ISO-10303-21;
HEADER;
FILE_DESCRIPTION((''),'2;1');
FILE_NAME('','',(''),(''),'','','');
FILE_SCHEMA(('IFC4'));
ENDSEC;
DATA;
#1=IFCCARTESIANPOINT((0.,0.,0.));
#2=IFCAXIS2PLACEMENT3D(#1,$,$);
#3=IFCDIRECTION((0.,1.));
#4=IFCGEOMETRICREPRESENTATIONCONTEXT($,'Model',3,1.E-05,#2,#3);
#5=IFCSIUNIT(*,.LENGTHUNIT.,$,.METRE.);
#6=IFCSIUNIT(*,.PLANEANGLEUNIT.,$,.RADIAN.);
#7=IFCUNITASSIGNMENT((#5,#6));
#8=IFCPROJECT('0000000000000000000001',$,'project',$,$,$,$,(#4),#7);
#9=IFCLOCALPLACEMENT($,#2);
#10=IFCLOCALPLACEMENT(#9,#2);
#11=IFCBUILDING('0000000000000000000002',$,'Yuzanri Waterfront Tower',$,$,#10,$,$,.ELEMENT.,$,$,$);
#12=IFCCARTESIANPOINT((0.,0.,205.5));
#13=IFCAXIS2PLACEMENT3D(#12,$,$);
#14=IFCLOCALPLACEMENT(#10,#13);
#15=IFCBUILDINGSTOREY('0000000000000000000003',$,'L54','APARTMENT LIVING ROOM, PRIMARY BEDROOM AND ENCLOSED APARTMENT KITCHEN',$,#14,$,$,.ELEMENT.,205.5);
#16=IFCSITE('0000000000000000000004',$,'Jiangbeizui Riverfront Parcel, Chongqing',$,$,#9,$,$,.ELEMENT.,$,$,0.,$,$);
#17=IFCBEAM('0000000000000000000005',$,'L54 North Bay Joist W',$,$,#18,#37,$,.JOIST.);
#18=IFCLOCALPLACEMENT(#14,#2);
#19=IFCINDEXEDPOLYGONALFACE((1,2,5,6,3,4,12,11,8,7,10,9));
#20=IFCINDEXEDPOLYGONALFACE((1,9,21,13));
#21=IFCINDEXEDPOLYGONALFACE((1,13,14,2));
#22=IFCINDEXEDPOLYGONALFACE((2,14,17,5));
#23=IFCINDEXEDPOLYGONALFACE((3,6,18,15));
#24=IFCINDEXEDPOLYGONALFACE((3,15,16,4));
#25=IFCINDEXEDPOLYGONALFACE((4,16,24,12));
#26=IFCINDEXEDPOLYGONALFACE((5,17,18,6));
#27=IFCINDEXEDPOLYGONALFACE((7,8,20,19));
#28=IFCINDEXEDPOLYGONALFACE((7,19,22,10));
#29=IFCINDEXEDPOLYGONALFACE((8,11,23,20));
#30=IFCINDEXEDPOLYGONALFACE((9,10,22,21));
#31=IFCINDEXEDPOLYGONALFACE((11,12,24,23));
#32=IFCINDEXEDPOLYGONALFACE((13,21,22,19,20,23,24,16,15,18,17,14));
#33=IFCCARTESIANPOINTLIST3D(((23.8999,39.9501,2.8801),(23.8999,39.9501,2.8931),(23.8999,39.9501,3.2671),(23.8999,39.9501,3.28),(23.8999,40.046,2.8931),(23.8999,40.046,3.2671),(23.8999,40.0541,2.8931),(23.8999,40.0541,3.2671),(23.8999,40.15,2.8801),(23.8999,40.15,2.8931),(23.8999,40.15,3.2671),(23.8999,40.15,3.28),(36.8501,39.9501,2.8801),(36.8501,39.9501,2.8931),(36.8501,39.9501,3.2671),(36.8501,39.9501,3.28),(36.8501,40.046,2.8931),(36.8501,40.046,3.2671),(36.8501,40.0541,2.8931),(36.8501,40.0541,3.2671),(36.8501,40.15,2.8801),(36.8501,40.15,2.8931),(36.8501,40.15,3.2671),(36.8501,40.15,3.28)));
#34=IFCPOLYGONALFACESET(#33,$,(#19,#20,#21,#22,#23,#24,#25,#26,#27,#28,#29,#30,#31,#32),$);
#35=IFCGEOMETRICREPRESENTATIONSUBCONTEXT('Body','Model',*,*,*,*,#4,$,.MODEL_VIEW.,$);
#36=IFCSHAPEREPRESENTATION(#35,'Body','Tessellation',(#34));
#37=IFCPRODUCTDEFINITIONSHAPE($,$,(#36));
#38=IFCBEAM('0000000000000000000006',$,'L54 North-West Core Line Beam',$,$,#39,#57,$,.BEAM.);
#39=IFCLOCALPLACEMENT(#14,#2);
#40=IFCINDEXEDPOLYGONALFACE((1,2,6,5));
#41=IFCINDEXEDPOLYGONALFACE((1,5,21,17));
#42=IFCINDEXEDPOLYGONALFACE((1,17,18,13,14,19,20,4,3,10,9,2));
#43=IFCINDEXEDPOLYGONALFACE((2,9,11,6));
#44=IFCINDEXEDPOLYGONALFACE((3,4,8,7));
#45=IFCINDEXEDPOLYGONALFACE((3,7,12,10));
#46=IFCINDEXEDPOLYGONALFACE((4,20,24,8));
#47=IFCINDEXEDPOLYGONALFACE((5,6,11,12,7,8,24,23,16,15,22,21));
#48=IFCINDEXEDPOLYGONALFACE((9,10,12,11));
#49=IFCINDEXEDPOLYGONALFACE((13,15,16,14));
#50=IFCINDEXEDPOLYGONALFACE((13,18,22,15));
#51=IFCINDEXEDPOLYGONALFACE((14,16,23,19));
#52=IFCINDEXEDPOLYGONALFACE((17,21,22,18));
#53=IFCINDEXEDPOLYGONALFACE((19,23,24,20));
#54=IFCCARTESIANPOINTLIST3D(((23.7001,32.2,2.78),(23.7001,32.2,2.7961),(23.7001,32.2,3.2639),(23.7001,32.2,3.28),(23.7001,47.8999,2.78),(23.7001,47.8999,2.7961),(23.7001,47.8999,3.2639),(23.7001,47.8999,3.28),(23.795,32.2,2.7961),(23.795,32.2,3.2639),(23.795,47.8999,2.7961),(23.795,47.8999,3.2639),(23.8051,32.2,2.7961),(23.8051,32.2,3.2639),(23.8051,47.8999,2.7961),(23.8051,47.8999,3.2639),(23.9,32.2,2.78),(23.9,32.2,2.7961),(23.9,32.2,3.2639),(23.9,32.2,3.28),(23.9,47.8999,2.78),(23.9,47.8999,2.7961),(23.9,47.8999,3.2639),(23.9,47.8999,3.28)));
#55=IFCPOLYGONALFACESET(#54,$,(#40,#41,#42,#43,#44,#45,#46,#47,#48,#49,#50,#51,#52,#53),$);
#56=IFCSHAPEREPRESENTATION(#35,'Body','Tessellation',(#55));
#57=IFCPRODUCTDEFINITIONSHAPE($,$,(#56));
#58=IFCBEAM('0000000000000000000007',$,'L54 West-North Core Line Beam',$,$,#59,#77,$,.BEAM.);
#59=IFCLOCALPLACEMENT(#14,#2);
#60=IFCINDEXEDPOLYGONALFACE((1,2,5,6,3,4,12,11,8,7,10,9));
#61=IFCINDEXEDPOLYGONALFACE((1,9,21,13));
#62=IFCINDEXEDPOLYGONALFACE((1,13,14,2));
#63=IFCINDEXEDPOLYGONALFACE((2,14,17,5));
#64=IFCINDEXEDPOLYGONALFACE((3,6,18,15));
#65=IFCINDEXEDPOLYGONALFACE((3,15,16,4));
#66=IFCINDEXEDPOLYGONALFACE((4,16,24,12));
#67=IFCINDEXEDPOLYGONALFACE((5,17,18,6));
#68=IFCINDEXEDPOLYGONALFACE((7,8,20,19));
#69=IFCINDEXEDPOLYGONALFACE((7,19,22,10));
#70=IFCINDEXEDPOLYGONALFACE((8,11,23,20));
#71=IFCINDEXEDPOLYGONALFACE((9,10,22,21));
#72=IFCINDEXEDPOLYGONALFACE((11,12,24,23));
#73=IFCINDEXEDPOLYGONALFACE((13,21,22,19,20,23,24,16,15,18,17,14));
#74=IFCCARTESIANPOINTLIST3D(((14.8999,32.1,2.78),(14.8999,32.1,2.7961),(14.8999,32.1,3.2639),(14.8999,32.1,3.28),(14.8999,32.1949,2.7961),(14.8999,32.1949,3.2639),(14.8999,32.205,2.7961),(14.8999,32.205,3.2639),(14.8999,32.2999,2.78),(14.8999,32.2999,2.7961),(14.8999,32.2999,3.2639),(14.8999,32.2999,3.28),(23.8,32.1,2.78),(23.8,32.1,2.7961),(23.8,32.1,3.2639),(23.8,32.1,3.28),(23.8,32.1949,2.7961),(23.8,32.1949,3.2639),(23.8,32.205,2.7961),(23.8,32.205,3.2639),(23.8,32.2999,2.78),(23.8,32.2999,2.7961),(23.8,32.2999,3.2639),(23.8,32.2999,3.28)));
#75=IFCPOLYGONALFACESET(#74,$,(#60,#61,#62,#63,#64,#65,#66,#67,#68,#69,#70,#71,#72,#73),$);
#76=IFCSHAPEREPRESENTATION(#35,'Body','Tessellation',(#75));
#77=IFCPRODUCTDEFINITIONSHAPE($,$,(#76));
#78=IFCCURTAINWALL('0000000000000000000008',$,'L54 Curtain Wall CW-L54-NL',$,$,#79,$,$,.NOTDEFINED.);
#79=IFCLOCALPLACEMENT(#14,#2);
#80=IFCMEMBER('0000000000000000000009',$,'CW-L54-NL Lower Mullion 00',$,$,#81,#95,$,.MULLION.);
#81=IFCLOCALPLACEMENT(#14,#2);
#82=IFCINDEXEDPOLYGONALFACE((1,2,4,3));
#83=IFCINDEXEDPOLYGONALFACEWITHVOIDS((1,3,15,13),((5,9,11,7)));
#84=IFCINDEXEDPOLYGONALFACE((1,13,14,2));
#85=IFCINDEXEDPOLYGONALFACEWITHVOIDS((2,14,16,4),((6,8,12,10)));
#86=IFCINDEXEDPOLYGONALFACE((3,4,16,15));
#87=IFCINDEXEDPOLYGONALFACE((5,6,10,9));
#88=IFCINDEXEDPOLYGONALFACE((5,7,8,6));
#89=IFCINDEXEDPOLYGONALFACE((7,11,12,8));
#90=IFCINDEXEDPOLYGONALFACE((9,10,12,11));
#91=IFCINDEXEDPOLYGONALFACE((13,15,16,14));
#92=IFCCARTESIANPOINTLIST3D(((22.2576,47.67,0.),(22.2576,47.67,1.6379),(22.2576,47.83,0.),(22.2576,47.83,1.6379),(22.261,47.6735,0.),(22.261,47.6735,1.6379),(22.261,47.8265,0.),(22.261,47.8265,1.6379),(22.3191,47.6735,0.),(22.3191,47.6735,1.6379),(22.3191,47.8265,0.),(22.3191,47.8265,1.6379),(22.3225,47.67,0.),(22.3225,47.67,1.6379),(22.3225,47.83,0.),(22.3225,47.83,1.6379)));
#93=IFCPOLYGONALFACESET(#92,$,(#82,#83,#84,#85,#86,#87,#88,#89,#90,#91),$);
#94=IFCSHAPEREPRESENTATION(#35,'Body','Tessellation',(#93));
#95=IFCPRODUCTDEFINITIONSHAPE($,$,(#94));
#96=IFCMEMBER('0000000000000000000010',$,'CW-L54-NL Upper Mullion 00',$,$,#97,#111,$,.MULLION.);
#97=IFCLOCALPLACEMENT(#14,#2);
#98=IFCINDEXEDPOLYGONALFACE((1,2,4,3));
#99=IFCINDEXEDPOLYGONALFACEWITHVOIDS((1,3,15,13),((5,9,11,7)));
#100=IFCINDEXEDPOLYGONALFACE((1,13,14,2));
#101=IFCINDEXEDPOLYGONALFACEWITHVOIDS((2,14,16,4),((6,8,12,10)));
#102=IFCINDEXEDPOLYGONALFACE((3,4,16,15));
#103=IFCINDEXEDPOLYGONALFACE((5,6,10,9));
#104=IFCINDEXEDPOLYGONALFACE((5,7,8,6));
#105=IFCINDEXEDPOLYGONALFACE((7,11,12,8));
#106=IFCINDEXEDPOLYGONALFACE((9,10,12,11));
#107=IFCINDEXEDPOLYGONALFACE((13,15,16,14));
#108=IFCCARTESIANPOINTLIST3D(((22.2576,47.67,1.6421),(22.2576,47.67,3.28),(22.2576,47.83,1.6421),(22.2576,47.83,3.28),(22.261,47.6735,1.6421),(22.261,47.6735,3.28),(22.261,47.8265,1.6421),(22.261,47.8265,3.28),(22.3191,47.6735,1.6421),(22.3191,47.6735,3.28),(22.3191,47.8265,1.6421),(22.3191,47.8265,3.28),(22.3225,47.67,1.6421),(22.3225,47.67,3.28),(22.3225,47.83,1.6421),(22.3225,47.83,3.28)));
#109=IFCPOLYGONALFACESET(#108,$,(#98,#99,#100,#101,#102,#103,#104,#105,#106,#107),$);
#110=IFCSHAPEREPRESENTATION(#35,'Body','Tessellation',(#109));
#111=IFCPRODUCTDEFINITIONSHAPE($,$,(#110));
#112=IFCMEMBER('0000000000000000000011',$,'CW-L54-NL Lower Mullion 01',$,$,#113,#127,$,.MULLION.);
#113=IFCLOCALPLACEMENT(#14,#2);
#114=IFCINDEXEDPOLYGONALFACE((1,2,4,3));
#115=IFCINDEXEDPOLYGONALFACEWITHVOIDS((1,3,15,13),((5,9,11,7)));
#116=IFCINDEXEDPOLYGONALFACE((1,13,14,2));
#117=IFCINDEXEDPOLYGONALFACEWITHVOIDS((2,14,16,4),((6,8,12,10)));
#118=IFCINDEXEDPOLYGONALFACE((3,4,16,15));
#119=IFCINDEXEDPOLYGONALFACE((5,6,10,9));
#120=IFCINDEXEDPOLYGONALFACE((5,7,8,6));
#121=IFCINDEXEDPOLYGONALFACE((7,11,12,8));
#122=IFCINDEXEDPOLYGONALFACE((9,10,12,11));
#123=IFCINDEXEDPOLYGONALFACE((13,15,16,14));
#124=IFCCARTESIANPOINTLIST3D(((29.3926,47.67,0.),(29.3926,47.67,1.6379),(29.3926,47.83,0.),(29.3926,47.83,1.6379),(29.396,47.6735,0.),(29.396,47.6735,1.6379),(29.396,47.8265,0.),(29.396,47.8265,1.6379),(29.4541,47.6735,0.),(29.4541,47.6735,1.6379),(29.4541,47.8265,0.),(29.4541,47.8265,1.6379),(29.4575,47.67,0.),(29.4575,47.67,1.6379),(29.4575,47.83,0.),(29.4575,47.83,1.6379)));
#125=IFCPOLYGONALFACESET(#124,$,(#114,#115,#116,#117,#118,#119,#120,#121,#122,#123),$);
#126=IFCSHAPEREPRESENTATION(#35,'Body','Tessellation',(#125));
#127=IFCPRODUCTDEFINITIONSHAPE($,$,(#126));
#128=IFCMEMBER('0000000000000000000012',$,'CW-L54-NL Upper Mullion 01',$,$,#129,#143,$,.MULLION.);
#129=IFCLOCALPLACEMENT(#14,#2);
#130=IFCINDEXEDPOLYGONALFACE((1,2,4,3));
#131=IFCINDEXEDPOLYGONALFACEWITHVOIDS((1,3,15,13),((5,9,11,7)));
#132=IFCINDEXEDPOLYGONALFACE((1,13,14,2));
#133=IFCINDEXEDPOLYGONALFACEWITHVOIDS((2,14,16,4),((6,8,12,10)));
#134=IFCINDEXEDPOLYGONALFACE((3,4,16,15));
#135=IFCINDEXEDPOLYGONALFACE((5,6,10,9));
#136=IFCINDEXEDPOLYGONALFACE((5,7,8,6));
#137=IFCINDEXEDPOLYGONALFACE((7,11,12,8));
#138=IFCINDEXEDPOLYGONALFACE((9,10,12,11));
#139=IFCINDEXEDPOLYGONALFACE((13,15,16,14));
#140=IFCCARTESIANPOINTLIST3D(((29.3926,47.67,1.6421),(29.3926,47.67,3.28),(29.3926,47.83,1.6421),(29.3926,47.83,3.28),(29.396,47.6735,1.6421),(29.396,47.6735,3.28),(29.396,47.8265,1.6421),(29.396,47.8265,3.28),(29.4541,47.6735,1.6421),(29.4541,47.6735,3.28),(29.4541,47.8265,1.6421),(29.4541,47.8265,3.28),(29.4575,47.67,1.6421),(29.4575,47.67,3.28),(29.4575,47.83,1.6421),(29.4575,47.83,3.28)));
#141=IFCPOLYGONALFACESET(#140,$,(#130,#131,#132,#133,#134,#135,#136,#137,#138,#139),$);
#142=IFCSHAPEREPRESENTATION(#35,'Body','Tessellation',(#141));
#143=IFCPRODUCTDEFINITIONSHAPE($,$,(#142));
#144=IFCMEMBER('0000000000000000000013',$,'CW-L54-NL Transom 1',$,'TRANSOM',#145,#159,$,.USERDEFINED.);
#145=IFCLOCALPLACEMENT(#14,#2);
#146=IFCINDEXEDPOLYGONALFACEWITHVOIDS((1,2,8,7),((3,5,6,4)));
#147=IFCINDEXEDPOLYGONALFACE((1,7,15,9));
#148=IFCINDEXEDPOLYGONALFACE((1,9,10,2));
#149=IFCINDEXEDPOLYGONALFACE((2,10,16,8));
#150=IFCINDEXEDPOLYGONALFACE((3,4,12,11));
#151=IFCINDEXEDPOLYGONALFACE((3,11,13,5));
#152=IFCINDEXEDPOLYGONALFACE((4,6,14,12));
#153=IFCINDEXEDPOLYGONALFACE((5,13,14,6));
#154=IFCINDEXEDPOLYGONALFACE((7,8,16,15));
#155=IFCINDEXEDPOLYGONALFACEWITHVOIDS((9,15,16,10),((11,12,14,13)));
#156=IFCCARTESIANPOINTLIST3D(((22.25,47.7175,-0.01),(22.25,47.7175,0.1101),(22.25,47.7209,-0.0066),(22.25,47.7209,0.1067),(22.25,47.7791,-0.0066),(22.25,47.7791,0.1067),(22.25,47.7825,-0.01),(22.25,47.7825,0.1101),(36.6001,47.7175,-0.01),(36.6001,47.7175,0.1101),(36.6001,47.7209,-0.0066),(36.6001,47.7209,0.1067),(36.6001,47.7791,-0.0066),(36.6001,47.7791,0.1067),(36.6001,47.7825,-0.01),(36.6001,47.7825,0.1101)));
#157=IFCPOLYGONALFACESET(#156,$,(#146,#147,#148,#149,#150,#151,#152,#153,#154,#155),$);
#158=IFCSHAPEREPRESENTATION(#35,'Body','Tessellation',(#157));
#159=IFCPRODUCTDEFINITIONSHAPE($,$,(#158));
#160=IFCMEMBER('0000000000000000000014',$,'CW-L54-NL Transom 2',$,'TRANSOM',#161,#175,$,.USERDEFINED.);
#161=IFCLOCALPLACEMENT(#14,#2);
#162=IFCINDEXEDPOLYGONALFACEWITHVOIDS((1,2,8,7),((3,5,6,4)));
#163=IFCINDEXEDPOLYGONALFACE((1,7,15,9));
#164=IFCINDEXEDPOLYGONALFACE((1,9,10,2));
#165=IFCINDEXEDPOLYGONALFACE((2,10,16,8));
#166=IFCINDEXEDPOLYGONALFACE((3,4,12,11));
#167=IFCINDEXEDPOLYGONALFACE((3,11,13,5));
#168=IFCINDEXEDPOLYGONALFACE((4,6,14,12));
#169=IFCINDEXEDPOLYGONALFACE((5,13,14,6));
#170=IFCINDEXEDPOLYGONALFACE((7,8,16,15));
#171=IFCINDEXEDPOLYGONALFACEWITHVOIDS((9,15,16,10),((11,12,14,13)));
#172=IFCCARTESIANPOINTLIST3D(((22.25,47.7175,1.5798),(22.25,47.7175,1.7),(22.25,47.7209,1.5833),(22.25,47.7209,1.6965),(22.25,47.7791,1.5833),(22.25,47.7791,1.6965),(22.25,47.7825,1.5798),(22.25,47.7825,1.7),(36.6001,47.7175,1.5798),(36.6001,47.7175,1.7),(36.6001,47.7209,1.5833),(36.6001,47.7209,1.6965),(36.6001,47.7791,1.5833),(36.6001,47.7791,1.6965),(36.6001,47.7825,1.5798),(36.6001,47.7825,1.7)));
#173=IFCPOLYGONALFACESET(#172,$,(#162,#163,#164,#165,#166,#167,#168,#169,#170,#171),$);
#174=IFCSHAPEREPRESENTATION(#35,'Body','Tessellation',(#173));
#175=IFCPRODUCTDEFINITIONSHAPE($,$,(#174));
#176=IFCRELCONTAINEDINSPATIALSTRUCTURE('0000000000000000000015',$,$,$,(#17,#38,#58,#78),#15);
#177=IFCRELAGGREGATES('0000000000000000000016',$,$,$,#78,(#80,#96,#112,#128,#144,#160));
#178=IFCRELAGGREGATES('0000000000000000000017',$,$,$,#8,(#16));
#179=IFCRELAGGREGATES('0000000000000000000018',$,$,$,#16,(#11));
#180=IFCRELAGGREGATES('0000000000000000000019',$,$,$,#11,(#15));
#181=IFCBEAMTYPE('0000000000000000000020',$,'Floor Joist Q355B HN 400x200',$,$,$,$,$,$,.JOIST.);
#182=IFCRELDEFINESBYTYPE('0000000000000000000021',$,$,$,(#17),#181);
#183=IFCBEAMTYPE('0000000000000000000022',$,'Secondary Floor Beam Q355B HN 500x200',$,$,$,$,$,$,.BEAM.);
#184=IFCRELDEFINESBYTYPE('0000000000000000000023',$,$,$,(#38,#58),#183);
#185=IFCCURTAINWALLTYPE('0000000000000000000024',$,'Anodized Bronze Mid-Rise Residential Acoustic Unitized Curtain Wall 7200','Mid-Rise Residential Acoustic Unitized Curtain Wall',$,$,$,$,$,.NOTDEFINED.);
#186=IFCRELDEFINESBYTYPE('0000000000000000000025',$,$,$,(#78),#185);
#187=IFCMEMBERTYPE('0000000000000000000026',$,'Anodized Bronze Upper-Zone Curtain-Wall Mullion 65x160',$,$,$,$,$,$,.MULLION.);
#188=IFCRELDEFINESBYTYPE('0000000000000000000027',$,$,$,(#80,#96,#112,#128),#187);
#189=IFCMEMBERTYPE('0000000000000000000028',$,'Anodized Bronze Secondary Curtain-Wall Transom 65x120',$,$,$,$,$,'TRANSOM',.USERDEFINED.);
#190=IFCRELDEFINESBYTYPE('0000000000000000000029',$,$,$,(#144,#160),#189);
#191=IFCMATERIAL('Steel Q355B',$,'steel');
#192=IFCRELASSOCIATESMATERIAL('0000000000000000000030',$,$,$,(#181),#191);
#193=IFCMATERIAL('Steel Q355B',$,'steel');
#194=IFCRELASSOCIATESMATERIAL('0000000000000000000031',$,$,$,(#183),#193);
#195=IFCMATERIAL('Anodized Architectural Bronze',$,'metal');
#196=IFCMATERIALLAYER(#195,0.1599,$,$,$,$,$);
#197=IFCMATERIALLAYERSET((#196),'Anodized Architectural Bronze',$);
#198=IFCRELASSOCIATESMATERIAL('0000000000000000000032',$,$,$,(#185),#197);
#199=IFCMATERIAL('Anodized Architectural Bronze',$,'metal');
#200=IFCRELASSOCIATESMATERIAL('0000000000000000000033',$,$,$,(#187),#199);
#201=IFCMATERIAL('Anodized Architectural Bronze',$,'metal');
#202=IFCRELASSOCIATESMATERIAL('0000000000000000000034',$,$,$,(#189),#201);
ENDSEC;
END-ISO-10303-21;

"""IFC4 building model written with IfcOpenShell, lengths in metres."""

from ifc_helpers import new_model, si_unit, direction, frame, origin, origin_2d, place, context, subcontext, project, spatial, hollow_rectangle, i_section, extrude, source, transform, mapped, material, layer, layer_set, material_profile, profile_set, type_object, element, aggregate, save


model = new_model("IFC4")

# Units and contexts
model_context = context("Model", 3, precision=1e-05, world=origin(), true_north=direction((0.0, 1.0)))
body_context = subcontext(model_context, "Body", "Model", "MODEL_VIEW")
ifc_project = project(units=[si_unit("LENGTHUNIT", "METRE"), si_unit("PLANEANGLEUNIT", "RADIAN")], contexts=[model_context])

# Site, building, storey
site_placement = place(None, origin())
site = spatial("IfcSite", under=ifc_project, at=site_placement, Name="Jiangbeizui Riverfront Parcel, Chongqing", CompositionType="ELEMENT", RefElevation=0.0)
building_placement = place(site_placement, origin())
building = spatial("IfcBuilding", under=site, at=building_placement, Name="Yuzanri Waterfront Tower", CompositionType="ELEMENT")
storey_placement = place(building_placement, frame((0.0, 0.0, 205.5)))
storey = spatial("IfcBuildingStorey", under=building, at=storey_placement, Name="L54", Description="APARTMENT LIVING ROOM, PRIMARY BEDROOM AND ENCLOSED APARTMENT KITCHEN", CompositionType="ELEMENT", Elevation=205.5)

# Beams
ifc_material_1 = material(Name="Steel Q355B", Category="steel")
ifc_material_profile_1 = material_profile(ifc_material_1, i_section(OverallWidth=0.2, OverallDepth=0.3999, WebThickness=0.0081, FlangeThickness=0.0129, at=origin_2d()), Name="HN 400x200x8x13")
ifc_profile_set_1 = profile_set([ifc_material_profile_1], Name="Steel Q355B")
beam_type_1 = type_object("IfcBeamType", Name="Floor Joist Q355B HN 400x200", PredefinedType="JOIST", material=ifc_profile_set_1)
shared_shape_1 = source(origin(), body_context, "Body", "SweptSolid", [
    extrude(i_section(OverallWidth=0.2, OverallDepth=0.3999, WebThickness=0.0081, FlangeThickness=0.0129, at=origin_2d()), origin(), (0.0, 0.0, 1.0), 12.9502),
])
beam_1_placement = place(storey_placement, frame((23.8999, 40.05, 3.0801), z_axis=(1.0, 0.0, 0.0), x_axis=(0.0, 1.0, 0.0)))
element("IfcBeam", 1, at=beam_1_placement, inside=storey, type_object=beam_type_1, Name="L54 North Bay Joist W", PredefinedType="JOIST", context=body_context, shape_type="MappedRepresentation", body=[
    mapped(shared_shape_1, transform((0.0, 0.0, 0.0), scale=1.0)),
])
ifc_material_2 = material(Name="Steel Q355B", Category="steel")
ifc_material_profile_2 = material_profile(ifc_material_2, i_section(OverallWidth=0.2, OverallDepth=0.5, WebThickness=0.01, FlangeThickness=0.0161, at=origin_2d()), Name="HN 500x200x10x16")
ifc_profile_set_2 = profile_set([ifc_material_profile_2], Name="Steel Q355B")
beam_type_2 = type_object("IfcBeamType", Name="Secondary Floor Beam Q355B HN 500x200", PredefinedType="BEAM", material=ifc_profile_set_2)
shared_shape_2 = source(origin(), body_context, "Body", "SweptSolid", [
    extrude(i_section(OverallWidth=0.2, OverallDepth=0.5, WebThickness=0.01, FlangeThickness=0.0161, at=origin_2d()), origin(), (0.0, 0.0, 1.0), 15.7),
])
beam_2_placement = place(storey_placement, frame((23.8, 32.2, 3.03), z_axis=(0.0, 1.0, 0.0), x_axis=(-1.0, 0.0, 0.0)))
element("IfcBeam", 2, at=beam_2_placement, inside=storey, type_object=beam_type_2, Name="L54 North-West Core Line Beam", PredefinedType="BEAM", context=body_context, shape_type="MappedRepresentation", body=[
    mapped(shared_shape_2, transform((0.0, 0.0, 0.0), scale=1.0)),
])
shared_shape_3 = source(origin(), body_context, "Body", "SweptSolid", [
    extrude(i_section(OverallWidth=0.2, OverallDepth=0.5, WebThickness=0.01, FlangeThickness=0.0161, at=origin_2d()), origin(), (0.0, 0.0, 1.0), 8.9001),
])
beam_3_placement = place(storey_placement, frame((23.8, 32.2, 3.03), z_axis=(-1.0, 0.0, 0.0), x_axis=(0.0, -1.0, 0.0)))
element("IfcBeam", 3, at=beam_3_placement, inside=storey, type_object=beam_type_2, Name="L54 West-North Core Line Beam", PredefinedType="BEAM", context=body_context, shape_type="MappedRepresentation", body=[
    mapped(shared_shape_3, transform((0.0, 0.0, 0.0), scale=1.0)),
])

# Curtain wall, members
ifc_material_3 = material(Name="Anodized Architectural Bronze", Category="metal")
ifc_layer_1 = layer(ifc_material_3, 0.1599)
ifc_layer_set_1 = layer_set([ifc_layer_1], Name="Anodized Architectural Bronze")
curtain_wall_type = type_object("IfcCurtainWallType", Name="Anodized Bronze Mid-Rise Residential Acoustic Unitized Curtain Wall 7200", Description="Mid-Rise Residential Acoustic Unitized Curtain Wall", PredefinedType="NOTDEFINED", material=ifc_layer_set_1)
curtain_wall_placement = place(storey_placement, origin())
curtain_wall = element("IfcCurtainWall", 4, at=curtain_wall_placement, inside=storey, type_object=curtain_wall_type, Name="L54 Curtain Wall CW-L54-NL", PredefinedType="NOTDEFINED")
ifc_material_4 = material(Name="Anodized Architectural Bronze", Category="metal")
ifc_material_profile_3 = material_profile(ifc_material_4, hollow_rectangle(XDim=0.0649, YDim=0.1599, WallThickness=0.0034, at=origin_2d()), Name="CWM 65x160")
ifc_profile_set_3 = profile_set([ifc_material_profile_3], Name="Anodized Architectural Bronze")
member_type_1 = type_object("IfcMemberType", Name="Anodized Bronze Upper-Zone Curtain-Wall Mullion 65x160", PredefinedType="MULLION", material=ifc_profile_set_3)
shared_shape_4 = source(origin(), body_context, "Body", "SweptSolid", [
    extrude(hollow_rectangle(XDim=0.0649, YDim=0.1599, WallThickness=0.0034, at=origin_2d()), origin(), (0.0, 0.0, 1.0), 1.6379),
])
member_1_placement = place(storey_placement, frame((22.29, 47.75, 0.0), z_axis=(0.0, 0.0, 1.0), x_axis=(1.0, 0.0, 0.0)))
member_1 = element("IfcMember", 5, at=member_1_placement, type_object=member_type_1, Name="CW-L54-NL Lower Mullion 00", PredefinedType="MULLION", context=body_context, shape_type="MappedRepresentation", body=[
    mapped(shared_shape_4, transform((0.0, 0.0, 0.0), scale=1.0)),
])
member_2_placement = place(storey_placement, frame((22.29, 47.75, 1.6421), z_axis=(0.0, 0.0, 1.0), x_axis=(1.0, 0.0, 0.0)))
member_2 = element("IfcMember", 6, at=member_2_placement, type_object=member_type_1, Name="CW-L54-NL Upper Mullion 00", PredefinedType="MULLION", context=body_context, shape_type="MappedRepresentation", body=[
    mapped(shared_shape_4, transform((0.0, 0.0, 0.0), scale=1.0)),
])
member_3_placement = place(storey_placement, frame((29.425, 47.75, 0.0), z_axis=(0.0, 0.0, 1.0), x_axis=(1.0, 0.0, 0.0)))
member_3 = element("IfcMember", 7, at=member_3_placement, type_object=member_type_1, Name="CW-L54-NL Lower Mullion 01", PredefinedType="MULLION", context=body_context, shape_type="MappedRepresentation", body=[
    mapped(shared_shape_4, transform((0.0, 0.0, 0.0), scale=1.0)),
])
member_4_placement = place(storey_placement, frame((29.425, 47.75, 1.6421), z_axis=(0.0, 0.0, 1.0), x_axis=(1.0, 0.0, 0.0)))
member_4 = element("IfcMember", 8, at=member_4_placement, type_object=member_type_1, Name="CW-L54-NL Upper Mullion 01", PredefinedType="MULLION", context=body_context, shape_type="MappedRepresentation", body=[
    mapped(shared_shape_4, transform((0.0, 0.0, 0.0), scale=1.0)),
])
ifc_material_5 = material(Name="Anodized Architectural Bronze", Category="metal")
ifc_material_profile_4 = material_profile(ifc_material_5, hollow_rectangle(XDim=0.0649, YDim=0.1201, WallThickness=0.0034, at=origin_2d()), Name="CWT 65x120")
ifc_profile_set_4 = profile_set([ifc_material_profile_4], Name="Anodized Architectural Bronze")
member_type_2 = type_object("IfcMemberType", Name="Anodized Bronze Secondary Curtain-Wall Transom 65x120", ElementType="TRANSOM", PredefinedType="USERDEFINED", material=ifc_profile_set_4)
shared_shape_5 = source(origin(), body_context, "Body", "SweptSolid", [
    extrude(hollow_rectangle(XDim=0.0649, YDim=0.1201, WallThickness=0.0034, at=origin_2d()), origin(), (0.0, 0.0, 1.0), 14.3501),
])
member_5_placement = place(storey_placement, frame((22.25, 47.75, 0.05), z_axis=(1.0, 0.0, 0.0), x_axis=(0.0, 1.0, 0.0)))
member_5 = element("IfcMember", 9, at=member_5_placement, type_object=member_type_2, Name="CW-L54-NL Transom 1", ObjectType="TRANSOM", PredefinedType="USERDEFINED", context=body_context, shape_type="MappedRepresentation", body=[
    mapped(shared_shape_5, transform((0.0, 0.0, 0.0), scale=1.0)),
])
member_6_placement = place(storey_placement, frame((22.25, 47.75, 1.6399), z_axis=(1.0, 0.0, 0.0), x_axis=(0.0, 1.0, 0.0)))
member_6 = element("IfcMember", 10, at=member_6_placement, type_object=member_type_2, Name="CW-L54-NL Transom 2", ObjectType="TRANSOM", PredefinedType="USERDEFINED", context=body_context, shape_type="MappedRepresentation", body=[
    mapped(shared_shape_5, transform((0.0, 0.0, 0.0), scale=1.0)),
])
aggregate(curtain_wall, [member_1, member_2, member_3, member_4, member_5, member_6])

save(model, "model.ifc")
